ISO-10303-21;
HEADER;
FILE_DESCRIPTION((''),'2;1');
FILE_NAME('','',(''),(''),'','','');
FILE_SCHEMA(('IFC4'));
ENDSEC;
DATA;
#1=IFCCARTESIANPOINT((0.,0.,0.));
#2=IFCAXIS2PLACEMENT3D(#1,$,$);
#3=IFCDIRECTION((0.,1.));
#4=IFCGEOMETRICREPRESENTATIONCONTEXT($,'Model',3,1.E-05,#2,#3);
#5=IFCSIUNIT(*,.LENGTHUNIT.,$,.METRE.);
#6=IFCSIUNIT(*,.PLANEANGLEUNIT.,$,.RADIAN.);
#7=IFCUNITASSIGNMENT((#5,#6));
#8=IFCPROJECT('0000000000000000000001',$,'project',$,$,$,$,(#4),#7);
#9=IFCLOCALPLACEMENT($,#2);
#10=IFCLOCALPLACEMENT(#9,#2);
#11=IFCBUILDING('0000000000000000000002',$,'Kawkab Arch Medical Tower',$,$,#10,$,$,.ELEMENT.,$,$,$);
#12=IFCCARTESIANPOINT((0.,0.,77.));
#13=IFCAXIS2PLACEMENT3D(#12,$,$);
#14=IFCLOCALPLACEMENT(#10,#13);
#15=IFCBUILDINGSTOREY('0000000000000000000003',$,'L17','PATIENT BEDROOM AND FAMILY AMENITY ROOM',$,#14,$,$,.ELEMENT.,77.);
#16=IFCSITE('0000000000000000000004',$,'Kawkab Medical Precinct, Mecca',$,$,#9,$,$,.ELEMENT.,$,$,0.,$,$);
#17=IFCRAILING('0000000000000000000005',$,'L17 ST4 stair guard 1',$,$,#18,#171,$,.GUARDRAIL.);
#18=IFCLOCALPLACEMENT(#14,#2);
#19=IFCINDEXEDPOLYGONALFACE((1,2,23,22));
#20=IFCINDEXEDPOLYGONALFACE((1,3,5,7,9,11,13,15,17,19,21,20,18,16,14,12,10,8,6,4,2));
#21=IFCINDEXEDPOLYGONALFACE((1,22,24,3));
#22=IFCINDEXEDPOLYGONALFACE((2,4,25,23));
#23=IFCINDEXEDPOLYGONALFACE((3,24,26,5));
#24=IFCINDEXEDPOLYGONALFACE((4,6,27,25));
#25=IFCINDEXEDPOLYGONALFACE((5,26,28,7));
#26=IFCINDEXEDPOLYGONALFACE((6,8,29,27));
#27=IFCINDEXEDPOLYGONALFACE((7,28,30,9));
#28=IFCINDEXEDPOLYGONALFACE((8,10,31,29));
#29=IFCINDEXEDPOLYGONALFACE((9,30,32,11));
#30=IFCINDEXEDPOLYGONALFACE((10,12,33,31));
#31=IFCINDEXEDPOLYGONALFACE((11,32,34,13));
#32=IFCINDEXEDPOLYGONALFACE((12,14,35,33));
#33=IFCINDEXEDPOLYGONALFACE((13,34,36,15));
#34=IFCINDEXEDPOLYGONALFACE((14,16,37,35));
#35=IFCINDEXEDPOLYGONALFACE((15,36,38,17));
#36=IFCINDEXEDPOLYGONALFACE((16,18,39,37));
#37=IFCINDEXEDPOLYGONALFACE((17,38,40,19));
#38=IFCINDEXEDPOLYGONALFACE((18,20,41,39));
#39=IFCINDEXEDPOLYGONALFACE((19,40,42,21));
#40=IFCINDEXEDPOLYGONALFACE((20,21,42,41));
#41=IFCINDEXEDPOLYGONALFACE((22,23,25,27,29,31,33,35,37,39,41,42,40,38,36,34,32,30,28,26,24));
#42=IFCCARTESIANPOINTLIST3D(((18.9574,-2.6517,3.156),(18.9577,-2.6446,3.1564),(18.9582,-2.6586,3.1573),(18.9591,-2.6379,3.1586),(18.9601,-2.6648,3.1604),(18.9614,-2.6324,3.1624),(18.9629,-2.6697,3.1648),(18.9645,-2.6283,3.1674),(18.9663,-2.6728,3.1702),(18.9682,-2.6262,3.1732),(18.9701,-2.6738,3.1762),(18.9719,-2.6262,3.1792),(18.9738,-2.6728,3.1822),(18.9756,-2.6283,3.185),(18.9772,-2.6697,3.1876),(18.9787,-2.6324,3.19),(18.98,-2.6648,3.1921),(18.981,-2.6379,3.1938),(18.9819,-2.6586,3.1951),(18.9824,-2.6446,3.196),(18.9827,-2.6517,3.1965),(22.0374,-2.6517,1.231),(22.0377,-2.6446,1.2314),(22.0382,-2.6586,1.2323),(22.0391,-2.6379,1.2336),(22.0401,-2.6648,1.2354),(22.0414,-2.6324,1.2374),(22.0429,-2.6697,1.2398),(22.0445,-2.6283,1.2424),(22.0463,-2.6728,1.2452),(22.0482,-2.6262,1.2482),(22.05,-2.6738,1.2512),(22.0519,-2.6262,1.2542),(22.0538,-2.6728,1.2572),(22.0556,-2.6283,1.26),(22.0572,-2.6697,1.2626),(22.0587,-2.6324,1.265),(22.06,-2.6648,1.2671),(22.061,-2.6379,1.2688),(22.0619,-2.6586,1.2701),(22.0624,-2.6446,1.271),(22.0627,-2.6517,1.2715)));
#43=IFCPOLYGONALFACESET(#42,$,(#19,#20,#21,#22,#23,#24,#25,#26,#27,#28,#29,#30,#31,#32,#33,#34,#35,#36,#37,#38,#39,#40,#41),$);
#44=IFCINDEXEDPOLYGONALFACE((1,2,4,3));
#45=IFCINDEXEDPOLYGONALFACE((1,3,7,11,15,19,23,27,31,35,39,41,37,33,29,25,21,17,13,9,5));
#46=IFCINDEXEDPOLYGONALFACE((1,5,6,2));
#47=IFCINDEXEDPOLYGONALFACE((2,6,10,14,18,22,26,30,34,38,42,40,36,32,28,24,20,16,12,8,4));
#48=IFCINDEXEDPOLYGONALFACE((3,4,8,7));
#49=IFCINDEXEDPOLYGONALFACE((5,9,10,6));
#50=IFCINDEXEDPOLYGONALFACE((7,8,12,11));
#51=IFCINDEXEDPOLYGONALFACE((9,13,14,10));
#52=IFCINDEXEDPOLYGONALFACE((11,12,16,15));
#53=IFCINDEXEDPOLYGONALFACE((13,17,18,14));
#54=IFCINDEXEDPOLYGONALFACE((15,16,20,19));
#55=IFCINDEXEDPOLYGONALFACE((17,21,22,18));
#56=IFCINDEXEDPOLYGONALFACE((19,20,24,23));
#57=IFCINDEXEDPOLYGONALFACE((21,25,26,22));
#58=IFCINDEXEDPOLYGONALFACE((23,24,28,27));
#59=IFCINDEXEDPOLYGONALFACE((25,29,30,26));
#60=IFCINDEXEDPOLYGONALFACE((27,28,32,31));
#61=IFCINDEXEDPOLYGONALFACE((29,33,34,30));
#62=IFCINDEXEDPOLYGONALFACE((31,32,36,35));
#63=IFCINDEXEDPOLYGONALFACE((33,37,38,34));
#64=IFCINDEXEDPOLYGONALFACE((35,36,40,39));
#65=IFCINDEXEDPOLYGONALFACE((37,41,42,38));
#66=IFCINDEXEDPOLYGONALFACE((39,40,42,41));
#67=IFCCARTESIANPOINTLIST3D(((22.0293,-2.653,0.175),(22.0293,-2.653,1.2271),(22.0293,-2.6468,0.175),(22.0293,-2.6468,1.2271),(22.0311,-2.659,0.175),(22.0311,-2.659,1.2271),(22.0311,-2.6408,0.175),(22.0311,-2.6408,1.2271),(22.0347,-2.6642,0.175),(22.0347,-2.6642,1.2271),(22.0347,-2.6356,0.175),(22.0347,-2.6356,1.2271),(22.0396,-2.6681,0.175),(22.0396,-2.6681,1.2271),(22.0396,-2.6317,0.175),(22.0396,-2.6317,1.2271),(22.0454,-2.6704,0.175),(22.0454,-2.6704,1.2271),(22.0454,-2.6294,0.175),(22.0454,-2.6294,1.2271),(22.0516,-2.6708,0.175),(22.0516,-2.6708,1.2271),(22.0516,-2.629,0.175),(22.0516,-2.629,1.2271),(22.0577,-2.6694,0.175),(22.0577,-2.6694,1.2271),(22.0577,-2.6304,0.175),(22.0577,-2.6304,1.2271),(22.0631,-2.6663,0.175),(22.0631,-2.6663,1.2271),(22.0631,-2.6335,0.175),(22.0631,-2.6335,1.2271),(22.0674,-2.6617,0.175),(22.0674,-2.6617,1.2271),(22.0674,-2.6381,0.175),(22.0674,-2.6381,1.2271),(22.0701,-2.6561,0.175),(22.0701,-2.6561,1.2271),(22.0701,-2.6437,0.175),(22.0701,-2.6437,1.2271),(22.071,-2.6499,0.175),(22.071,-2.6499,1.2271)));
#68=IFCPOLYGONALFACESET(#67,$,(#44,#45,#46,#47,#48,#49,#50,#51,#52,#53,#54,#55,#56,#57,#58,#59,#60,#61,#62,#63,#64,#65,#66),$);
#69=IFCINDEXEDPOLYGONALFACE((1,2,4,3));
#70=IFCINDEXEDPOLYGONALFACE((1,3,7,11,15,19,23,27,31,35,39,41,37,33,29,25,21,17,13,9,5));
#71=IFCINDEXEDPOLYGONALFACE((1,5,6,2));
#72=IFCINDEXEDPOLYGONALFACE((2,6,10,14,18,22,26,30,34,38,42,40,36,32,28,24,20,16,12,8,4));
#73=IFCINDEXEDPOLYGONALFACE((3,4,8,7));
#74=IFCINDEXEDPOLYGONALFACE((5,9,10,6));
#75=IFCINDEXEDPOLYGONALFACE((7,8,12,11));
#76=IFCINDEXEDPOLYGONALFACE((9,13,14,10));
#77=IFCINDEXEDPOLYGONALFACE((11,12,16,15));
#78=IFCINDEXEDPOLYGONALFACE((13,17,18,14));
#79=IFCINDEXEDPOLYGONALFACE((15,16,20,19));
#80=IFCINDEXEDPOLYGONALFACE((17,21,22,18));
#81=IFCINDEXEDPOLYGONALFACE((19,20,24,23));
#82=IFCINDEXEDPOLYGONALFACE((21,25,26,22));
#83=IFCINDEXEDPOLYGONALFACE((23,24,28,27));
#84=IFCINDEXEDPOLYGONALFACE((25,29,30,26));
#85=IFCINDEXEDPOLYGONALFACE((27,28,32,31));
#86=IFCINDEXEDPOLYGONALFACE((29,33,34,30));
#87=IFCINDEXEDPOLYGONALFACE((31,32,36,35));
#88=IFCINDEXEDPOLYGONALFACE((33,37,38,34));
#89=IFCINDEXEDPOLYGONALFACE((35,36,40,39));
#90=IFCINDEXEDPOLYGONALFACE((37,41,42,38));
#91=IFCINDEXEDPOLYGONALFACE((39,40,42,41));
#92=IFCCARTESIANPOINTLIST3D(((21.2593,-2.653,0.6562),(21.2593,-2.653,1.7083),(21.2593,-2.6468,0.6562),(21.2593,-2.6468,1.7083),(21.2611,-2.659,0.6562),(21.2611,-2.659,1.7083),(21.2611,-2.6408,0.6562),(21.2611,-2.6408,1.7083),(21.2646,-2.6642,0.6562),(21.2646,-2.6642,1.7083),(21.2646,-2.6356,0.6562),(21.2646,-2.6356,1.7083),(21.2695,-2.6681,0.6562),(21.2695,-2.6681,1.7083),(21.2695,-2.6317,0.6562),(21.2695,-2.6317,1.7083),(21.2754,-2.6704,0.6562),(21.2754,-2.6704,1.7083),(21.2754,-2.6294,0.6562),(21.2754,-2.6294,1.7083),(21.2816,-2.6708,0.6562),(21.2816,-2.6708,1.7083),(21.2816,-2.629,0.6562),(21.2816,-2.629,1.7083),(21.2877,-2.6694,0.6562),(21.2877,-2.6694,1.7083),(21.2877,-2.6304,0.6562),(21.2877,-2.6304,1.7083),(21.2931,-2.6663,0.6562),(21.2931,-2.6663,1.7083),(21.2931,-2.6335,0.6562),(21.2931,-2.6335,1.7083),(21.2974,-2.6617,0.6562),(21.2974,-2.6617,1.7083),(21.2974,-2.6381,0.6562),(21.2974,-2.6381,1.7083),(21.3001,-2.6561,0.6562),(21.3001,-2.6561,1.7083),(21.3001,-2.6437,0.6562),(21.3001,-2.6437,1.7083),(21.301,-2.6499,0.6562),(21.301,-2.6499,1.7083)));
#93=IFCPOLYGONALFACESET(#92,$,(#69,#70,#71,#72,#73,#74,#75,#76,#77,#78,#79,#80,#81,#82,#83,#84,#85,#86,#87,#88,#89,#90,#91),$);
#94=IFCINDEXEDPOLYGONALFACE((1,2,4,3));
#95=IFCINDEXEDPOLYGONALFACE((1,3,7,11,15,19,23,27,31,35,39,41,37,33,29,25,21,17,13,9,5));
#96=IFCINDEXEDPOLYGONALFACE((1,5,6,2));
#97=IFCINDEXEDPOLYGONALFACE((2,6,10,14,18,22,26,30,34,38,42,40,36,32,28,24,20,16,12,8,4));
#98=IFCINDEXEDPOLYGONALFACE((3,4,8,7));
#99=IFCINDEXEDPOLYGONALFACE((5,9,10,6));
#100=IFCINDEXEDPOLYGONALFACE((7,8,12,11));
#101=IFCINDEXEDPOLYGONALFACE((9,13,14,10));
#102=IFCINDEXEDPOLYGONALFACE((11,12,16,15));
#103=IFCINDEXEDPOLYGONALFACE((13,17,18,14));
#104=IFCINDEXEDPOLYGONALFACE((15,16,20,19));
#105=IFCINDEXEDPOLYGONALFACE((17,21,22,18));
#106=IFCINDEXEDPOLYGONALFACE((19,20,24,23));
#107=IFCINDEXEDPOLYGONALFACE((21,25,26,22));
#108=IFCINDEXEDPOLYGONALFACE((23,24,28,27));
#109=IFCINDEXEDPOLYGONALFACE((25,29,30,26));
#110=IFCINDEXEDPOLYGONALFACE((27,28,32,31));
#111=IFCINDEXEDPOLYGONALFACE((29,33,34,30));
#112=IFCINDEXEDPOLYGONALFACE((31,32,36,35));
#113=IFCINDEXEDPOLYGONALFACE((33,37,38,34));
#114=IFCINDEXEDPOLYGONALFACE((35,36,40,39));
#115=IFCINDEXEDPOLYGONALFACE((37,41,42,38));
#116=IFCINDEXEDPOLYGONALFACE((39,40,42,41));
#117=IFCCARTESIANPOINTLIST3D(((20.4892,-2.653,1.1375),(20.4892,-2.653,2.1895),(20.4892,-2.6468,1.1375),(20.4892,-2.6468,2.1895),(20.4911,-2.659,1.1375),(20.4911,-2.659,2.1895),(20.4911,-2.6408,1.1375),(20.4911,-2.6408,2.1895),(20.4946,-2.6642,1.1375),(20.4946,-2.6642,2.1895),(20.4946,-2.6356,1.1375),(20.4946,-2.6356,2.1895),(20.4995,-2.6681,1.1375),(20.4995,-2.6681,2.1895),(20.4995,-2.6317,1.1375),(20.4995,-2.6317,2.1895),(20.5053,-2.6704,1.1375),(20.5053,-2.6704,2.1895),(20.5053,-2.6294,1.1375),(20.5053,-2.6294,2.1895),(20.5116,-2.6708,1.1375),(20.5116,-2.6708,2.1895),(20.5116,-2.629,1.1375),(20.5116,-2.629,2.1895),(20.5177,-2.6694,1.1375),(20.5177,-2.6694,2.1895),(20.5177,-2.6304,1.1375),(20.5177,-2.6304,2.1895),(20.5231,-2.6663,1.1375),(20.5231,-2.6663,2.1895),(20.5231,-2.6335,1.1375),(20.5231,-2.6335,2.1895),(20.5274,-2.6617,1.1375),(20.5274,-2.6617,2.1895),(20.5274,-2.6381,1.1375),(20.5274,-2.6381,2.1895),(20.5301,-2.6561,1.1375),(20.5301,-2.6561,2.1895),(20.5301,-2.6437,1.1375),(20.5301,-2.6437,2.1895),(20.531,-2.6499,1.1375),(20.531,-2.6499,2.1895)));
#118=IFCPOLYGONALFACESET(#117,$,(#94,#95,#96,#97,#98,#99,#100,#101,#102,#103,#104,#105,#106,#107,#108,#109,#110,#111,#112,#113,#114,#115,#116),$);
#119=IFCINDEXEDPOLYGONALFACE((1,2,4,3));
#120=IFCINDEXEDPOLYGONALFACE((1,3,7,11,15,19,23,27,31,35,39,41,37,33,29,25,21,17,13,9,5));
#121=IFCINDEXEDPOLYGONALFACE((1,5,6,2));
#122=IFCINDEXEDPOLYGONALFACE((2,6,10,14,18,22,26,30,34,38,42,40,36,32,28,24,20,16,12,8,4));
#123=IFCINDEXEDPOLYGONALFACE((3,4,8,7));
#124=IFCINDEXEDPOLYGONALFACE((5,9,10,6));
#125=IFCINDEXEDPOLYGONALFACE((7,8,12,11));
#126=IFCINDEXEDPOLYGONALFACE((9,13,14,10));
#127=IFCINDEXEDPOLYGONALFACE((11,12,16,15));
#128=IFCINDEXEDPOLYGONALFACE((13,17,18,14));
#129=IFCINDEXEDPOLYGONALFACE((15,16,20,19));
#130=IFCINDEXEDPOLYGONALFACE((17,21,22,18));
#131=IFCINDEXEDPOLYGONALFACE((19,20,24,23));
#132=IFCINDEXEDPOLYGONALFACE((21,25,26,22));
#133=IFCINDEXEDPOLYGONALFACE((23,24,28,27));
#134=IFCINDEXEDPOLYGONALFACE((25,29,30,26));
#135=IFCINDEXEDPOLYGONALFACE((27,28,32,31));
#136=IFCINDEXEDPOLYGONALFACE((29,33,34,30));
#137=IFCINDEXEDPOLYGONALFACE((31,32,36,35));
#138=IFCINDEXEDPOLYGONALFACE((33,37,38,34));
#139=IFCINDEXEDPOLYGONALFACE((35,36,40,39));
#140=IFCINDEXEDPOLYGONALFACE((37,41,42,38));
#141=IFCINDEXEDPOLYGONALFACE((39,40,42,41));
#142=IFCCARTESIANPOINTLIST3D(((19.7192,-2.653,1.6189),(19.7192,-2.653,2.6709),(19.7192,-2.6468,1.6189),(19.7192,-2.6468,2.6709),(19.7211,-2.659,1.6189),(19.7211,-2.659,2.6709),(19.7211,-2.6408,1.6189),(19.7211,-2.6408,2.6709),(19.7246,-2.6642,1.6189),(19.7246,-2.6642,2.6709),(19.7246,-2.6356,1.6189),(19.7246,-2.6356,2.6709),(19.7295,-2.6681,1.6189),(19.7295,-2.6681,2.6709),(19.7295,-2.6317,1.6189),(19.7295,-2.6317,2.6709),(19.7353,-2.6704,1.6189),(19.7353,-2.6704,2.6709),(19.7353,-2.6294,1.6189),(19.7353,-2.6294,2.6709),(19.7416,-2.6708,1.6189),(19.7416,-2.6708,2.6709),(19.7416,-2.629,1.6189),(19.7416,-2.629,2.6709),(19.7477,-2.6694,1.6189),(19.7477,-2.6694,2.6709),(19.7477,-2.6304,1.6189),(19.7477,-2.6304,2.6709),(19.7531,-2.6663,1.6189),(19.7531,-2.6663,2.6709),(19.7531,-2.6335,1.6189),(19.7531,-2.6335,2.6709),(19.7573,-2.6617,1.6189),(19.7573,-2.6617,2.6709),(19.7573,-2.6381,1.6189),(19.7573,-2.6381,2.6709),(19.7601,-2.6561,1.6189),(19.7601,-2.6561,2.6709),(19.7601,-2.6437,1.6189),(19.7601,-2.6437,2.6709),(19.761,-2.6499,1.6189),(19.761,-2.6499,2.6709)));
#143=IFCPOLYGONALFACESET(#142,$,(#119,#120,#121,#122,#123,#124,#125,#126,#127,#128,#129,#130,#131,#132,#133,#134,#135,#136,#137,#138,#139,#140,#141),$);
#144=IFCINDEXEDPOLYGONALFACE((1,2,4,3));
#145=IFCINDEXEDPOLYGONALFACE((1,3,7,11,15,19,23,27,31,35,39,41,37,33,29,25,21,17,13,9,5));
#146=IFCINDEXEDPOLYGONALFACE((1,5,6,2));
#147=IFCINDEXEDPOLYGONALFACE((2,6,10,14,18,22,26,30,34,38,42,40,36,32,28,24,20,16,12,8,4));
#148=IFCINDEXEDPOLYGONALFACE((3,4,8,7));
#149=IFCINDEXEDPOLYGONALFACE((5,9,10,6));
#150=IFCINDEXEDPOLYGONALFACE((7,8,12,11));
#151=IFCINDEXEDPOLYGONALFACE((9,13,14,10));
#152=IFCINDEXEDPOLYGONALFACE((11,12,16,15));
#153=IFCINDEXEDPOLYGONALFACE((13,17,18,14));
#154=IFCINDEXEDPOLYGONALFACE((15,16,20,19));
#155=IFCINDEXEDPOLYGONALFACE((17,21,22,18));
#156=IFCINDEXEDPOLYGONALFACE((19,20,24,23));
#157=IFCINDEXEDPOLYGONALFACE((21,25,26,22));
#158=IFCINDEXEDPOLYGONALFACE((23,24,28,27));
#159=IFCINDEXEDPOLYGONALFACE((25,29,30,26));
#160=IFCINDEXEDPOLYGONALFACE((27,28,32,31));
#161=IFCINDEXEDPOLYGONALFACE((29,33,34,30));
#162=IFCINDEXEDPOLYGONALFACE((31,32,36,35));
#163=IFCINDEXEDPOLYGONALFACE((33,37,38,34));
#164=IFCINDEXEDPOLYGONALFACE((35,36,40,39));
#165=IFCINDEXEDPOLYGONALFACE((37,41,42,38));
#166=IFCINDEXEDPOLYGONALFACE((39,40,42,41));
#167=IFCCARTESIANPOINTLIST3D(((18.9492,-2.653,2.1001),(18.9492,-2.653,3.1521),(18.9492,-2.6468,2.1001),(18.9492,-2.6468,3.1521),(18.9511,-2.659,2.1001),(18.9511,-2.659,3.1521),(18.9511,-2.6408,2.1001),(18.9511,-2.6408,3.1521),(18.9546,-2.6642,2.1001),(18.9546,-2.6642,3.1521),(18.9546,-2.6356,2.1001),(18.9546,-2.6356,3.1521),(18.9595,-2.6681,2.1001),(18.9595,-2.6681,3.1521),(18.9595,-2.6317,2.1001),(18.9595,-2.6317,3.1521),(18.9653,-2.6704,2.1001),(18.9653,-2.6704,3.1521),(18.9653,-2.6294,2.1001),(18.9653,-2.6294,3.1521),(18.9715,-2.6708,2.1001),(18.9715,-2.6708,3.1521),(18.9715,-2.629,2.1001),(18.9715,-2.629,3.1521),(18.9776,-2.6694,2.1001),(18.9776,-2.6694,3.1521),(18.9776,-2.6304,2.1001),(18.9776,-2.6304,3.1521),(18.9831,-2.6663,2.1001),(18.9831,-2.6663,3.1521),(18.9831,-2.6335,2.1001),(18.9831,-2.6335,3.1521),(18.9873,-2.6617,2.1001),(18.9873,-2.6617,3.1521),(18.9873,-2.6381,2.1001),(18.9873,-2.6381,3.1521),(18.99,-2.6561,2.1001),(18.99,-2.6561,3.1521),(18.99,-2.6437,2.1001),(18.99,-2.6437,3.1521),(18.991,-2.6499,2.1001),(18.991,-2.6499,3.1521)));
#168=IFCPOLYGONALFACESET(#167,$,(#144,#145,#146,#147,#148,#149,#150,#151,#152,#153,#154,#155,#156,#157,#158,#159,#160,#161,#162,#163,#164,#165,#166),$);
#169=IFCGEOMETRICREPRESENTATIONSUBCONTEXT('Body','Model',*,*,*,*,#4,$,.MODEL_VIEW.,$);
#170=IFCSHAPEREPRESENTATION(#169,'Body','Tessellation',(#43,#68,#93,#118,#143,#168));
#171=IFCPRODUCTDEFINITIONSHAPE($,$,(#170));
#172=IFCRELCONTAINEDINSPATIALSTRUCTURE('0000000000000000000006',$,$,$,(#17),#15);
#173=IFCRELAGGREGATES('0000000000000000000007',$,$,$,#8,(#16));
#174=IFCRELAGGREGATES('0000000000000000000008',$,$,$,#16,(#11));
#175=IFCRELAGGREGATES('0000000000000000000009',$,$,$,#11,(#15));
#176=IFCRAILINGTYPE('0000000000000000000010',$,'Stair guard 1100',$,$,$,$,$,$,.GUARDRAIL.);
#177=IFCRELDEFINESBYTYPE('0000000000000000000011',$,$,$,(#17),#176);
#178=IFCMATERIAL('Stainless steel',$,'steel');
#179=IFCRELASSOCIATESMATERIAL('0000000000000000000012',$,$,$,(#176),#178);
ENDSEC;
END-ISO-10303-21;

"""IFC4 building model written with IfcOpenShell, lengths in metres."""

from ifc_helpers import new_model, si_unit, direction, frame, origin, origin_2d, place, context, subcontext, project, spatial, circle, extrude, material, type_object, element, save


model = new_model("IFC4")

# Units and contexts
model_context = context("Model", 3, precision=1e-05, world=origin(), true_north=direction((0.0, 1.0)))
body_context = subcontext(model_context, "Body", "Model", "MODEL_VIEW")
ifc_project = project(units=[si_unit("LENGTHUNIT", "METRE"), si_unit("PLANEANGLEUNIT", "RADIAN")], contexts=[model_context])

# Site, building, storey
site_placement = place(None, origin())
site = spatial("IfcSite", under=ifc_project, at=site_placement, Name="Kawkab Medical Precinct, Mecca", CompositionType="ELEMENT", RefElevation=0.0)
building_placement = place(site_placement, origin())
building = spatial("IfcBuilding", under=site, at=building_placement, Name="Kawkab Arch Medical Tower", CompositionType="ELEMENT")
storey_placement = place(building_placement, frame((0.0, 0.0, 77.0)))
storey = spatial("IfcBuildingStorey", under=building, at=storey_placement, Name="L17", Description="PATIENT BEDROOM AND FAMILY AMENITY ROOM", CompositionType="ELEMENT", Elevation=77.0)

# Railing
ifc_material_1 = material(Name="Stainless steel", Category="steel")
railing_type_1 = type_object("IfcRailingType", Name="Stair guard 1100", PredefinedType="GUARDRAIL", material=ifc_material_1)
railing_1_placement = place(storey_placement, frame((22.05, -2.6499, 0.175)))
element("IfcRailing", 1, at=railing_1_placement, inside=storey, type_object=railing_type_1, Name="L17 ST4 stair guard 1", PredefinedType="GUARDRAIL", context=body_context, shape_type="SweptSolid", body=[
    extrude(circle(Radius=0.0239, at=origin_2d()), frame((0.0, 0.0, 1.0762), z_axis=(-0.847998, 0.0, 0.529999), x_axis=(0.0, -1.0, 0.0)), (0.0, 0.0, 1.0), 3.6321),
    extrude(circle(Radius=0.021, at=origin_2d()), origin(), (0.0, 0.0, 1.0), 1.052),
    extrude(circle(Radius=0.021, at=origin_2d()), frame((-0.77, 0.0, 0.4812)), (0.0, 0.0, 1.0), 1.052),
    extrude(circle(Radius=0.021, at=origin_2d()), frame((-1.54, 0.0, 0.9624)), (0.0, 0.0, 1.0), 1.052),
    extrude(circle(Radius=0.021, at=origin_2d()), frame((-2.3101, 0.0, 1.4438)), (0.0, 0.0, 1.0), 1.052),
    extrude(circle(Radius=0.021, at=origin_2d()), frame((-3.0801, 0.0, 1.925)), (0.0, 0.0, 1.0), 1.052),
])

save(model, "model.ifc")
